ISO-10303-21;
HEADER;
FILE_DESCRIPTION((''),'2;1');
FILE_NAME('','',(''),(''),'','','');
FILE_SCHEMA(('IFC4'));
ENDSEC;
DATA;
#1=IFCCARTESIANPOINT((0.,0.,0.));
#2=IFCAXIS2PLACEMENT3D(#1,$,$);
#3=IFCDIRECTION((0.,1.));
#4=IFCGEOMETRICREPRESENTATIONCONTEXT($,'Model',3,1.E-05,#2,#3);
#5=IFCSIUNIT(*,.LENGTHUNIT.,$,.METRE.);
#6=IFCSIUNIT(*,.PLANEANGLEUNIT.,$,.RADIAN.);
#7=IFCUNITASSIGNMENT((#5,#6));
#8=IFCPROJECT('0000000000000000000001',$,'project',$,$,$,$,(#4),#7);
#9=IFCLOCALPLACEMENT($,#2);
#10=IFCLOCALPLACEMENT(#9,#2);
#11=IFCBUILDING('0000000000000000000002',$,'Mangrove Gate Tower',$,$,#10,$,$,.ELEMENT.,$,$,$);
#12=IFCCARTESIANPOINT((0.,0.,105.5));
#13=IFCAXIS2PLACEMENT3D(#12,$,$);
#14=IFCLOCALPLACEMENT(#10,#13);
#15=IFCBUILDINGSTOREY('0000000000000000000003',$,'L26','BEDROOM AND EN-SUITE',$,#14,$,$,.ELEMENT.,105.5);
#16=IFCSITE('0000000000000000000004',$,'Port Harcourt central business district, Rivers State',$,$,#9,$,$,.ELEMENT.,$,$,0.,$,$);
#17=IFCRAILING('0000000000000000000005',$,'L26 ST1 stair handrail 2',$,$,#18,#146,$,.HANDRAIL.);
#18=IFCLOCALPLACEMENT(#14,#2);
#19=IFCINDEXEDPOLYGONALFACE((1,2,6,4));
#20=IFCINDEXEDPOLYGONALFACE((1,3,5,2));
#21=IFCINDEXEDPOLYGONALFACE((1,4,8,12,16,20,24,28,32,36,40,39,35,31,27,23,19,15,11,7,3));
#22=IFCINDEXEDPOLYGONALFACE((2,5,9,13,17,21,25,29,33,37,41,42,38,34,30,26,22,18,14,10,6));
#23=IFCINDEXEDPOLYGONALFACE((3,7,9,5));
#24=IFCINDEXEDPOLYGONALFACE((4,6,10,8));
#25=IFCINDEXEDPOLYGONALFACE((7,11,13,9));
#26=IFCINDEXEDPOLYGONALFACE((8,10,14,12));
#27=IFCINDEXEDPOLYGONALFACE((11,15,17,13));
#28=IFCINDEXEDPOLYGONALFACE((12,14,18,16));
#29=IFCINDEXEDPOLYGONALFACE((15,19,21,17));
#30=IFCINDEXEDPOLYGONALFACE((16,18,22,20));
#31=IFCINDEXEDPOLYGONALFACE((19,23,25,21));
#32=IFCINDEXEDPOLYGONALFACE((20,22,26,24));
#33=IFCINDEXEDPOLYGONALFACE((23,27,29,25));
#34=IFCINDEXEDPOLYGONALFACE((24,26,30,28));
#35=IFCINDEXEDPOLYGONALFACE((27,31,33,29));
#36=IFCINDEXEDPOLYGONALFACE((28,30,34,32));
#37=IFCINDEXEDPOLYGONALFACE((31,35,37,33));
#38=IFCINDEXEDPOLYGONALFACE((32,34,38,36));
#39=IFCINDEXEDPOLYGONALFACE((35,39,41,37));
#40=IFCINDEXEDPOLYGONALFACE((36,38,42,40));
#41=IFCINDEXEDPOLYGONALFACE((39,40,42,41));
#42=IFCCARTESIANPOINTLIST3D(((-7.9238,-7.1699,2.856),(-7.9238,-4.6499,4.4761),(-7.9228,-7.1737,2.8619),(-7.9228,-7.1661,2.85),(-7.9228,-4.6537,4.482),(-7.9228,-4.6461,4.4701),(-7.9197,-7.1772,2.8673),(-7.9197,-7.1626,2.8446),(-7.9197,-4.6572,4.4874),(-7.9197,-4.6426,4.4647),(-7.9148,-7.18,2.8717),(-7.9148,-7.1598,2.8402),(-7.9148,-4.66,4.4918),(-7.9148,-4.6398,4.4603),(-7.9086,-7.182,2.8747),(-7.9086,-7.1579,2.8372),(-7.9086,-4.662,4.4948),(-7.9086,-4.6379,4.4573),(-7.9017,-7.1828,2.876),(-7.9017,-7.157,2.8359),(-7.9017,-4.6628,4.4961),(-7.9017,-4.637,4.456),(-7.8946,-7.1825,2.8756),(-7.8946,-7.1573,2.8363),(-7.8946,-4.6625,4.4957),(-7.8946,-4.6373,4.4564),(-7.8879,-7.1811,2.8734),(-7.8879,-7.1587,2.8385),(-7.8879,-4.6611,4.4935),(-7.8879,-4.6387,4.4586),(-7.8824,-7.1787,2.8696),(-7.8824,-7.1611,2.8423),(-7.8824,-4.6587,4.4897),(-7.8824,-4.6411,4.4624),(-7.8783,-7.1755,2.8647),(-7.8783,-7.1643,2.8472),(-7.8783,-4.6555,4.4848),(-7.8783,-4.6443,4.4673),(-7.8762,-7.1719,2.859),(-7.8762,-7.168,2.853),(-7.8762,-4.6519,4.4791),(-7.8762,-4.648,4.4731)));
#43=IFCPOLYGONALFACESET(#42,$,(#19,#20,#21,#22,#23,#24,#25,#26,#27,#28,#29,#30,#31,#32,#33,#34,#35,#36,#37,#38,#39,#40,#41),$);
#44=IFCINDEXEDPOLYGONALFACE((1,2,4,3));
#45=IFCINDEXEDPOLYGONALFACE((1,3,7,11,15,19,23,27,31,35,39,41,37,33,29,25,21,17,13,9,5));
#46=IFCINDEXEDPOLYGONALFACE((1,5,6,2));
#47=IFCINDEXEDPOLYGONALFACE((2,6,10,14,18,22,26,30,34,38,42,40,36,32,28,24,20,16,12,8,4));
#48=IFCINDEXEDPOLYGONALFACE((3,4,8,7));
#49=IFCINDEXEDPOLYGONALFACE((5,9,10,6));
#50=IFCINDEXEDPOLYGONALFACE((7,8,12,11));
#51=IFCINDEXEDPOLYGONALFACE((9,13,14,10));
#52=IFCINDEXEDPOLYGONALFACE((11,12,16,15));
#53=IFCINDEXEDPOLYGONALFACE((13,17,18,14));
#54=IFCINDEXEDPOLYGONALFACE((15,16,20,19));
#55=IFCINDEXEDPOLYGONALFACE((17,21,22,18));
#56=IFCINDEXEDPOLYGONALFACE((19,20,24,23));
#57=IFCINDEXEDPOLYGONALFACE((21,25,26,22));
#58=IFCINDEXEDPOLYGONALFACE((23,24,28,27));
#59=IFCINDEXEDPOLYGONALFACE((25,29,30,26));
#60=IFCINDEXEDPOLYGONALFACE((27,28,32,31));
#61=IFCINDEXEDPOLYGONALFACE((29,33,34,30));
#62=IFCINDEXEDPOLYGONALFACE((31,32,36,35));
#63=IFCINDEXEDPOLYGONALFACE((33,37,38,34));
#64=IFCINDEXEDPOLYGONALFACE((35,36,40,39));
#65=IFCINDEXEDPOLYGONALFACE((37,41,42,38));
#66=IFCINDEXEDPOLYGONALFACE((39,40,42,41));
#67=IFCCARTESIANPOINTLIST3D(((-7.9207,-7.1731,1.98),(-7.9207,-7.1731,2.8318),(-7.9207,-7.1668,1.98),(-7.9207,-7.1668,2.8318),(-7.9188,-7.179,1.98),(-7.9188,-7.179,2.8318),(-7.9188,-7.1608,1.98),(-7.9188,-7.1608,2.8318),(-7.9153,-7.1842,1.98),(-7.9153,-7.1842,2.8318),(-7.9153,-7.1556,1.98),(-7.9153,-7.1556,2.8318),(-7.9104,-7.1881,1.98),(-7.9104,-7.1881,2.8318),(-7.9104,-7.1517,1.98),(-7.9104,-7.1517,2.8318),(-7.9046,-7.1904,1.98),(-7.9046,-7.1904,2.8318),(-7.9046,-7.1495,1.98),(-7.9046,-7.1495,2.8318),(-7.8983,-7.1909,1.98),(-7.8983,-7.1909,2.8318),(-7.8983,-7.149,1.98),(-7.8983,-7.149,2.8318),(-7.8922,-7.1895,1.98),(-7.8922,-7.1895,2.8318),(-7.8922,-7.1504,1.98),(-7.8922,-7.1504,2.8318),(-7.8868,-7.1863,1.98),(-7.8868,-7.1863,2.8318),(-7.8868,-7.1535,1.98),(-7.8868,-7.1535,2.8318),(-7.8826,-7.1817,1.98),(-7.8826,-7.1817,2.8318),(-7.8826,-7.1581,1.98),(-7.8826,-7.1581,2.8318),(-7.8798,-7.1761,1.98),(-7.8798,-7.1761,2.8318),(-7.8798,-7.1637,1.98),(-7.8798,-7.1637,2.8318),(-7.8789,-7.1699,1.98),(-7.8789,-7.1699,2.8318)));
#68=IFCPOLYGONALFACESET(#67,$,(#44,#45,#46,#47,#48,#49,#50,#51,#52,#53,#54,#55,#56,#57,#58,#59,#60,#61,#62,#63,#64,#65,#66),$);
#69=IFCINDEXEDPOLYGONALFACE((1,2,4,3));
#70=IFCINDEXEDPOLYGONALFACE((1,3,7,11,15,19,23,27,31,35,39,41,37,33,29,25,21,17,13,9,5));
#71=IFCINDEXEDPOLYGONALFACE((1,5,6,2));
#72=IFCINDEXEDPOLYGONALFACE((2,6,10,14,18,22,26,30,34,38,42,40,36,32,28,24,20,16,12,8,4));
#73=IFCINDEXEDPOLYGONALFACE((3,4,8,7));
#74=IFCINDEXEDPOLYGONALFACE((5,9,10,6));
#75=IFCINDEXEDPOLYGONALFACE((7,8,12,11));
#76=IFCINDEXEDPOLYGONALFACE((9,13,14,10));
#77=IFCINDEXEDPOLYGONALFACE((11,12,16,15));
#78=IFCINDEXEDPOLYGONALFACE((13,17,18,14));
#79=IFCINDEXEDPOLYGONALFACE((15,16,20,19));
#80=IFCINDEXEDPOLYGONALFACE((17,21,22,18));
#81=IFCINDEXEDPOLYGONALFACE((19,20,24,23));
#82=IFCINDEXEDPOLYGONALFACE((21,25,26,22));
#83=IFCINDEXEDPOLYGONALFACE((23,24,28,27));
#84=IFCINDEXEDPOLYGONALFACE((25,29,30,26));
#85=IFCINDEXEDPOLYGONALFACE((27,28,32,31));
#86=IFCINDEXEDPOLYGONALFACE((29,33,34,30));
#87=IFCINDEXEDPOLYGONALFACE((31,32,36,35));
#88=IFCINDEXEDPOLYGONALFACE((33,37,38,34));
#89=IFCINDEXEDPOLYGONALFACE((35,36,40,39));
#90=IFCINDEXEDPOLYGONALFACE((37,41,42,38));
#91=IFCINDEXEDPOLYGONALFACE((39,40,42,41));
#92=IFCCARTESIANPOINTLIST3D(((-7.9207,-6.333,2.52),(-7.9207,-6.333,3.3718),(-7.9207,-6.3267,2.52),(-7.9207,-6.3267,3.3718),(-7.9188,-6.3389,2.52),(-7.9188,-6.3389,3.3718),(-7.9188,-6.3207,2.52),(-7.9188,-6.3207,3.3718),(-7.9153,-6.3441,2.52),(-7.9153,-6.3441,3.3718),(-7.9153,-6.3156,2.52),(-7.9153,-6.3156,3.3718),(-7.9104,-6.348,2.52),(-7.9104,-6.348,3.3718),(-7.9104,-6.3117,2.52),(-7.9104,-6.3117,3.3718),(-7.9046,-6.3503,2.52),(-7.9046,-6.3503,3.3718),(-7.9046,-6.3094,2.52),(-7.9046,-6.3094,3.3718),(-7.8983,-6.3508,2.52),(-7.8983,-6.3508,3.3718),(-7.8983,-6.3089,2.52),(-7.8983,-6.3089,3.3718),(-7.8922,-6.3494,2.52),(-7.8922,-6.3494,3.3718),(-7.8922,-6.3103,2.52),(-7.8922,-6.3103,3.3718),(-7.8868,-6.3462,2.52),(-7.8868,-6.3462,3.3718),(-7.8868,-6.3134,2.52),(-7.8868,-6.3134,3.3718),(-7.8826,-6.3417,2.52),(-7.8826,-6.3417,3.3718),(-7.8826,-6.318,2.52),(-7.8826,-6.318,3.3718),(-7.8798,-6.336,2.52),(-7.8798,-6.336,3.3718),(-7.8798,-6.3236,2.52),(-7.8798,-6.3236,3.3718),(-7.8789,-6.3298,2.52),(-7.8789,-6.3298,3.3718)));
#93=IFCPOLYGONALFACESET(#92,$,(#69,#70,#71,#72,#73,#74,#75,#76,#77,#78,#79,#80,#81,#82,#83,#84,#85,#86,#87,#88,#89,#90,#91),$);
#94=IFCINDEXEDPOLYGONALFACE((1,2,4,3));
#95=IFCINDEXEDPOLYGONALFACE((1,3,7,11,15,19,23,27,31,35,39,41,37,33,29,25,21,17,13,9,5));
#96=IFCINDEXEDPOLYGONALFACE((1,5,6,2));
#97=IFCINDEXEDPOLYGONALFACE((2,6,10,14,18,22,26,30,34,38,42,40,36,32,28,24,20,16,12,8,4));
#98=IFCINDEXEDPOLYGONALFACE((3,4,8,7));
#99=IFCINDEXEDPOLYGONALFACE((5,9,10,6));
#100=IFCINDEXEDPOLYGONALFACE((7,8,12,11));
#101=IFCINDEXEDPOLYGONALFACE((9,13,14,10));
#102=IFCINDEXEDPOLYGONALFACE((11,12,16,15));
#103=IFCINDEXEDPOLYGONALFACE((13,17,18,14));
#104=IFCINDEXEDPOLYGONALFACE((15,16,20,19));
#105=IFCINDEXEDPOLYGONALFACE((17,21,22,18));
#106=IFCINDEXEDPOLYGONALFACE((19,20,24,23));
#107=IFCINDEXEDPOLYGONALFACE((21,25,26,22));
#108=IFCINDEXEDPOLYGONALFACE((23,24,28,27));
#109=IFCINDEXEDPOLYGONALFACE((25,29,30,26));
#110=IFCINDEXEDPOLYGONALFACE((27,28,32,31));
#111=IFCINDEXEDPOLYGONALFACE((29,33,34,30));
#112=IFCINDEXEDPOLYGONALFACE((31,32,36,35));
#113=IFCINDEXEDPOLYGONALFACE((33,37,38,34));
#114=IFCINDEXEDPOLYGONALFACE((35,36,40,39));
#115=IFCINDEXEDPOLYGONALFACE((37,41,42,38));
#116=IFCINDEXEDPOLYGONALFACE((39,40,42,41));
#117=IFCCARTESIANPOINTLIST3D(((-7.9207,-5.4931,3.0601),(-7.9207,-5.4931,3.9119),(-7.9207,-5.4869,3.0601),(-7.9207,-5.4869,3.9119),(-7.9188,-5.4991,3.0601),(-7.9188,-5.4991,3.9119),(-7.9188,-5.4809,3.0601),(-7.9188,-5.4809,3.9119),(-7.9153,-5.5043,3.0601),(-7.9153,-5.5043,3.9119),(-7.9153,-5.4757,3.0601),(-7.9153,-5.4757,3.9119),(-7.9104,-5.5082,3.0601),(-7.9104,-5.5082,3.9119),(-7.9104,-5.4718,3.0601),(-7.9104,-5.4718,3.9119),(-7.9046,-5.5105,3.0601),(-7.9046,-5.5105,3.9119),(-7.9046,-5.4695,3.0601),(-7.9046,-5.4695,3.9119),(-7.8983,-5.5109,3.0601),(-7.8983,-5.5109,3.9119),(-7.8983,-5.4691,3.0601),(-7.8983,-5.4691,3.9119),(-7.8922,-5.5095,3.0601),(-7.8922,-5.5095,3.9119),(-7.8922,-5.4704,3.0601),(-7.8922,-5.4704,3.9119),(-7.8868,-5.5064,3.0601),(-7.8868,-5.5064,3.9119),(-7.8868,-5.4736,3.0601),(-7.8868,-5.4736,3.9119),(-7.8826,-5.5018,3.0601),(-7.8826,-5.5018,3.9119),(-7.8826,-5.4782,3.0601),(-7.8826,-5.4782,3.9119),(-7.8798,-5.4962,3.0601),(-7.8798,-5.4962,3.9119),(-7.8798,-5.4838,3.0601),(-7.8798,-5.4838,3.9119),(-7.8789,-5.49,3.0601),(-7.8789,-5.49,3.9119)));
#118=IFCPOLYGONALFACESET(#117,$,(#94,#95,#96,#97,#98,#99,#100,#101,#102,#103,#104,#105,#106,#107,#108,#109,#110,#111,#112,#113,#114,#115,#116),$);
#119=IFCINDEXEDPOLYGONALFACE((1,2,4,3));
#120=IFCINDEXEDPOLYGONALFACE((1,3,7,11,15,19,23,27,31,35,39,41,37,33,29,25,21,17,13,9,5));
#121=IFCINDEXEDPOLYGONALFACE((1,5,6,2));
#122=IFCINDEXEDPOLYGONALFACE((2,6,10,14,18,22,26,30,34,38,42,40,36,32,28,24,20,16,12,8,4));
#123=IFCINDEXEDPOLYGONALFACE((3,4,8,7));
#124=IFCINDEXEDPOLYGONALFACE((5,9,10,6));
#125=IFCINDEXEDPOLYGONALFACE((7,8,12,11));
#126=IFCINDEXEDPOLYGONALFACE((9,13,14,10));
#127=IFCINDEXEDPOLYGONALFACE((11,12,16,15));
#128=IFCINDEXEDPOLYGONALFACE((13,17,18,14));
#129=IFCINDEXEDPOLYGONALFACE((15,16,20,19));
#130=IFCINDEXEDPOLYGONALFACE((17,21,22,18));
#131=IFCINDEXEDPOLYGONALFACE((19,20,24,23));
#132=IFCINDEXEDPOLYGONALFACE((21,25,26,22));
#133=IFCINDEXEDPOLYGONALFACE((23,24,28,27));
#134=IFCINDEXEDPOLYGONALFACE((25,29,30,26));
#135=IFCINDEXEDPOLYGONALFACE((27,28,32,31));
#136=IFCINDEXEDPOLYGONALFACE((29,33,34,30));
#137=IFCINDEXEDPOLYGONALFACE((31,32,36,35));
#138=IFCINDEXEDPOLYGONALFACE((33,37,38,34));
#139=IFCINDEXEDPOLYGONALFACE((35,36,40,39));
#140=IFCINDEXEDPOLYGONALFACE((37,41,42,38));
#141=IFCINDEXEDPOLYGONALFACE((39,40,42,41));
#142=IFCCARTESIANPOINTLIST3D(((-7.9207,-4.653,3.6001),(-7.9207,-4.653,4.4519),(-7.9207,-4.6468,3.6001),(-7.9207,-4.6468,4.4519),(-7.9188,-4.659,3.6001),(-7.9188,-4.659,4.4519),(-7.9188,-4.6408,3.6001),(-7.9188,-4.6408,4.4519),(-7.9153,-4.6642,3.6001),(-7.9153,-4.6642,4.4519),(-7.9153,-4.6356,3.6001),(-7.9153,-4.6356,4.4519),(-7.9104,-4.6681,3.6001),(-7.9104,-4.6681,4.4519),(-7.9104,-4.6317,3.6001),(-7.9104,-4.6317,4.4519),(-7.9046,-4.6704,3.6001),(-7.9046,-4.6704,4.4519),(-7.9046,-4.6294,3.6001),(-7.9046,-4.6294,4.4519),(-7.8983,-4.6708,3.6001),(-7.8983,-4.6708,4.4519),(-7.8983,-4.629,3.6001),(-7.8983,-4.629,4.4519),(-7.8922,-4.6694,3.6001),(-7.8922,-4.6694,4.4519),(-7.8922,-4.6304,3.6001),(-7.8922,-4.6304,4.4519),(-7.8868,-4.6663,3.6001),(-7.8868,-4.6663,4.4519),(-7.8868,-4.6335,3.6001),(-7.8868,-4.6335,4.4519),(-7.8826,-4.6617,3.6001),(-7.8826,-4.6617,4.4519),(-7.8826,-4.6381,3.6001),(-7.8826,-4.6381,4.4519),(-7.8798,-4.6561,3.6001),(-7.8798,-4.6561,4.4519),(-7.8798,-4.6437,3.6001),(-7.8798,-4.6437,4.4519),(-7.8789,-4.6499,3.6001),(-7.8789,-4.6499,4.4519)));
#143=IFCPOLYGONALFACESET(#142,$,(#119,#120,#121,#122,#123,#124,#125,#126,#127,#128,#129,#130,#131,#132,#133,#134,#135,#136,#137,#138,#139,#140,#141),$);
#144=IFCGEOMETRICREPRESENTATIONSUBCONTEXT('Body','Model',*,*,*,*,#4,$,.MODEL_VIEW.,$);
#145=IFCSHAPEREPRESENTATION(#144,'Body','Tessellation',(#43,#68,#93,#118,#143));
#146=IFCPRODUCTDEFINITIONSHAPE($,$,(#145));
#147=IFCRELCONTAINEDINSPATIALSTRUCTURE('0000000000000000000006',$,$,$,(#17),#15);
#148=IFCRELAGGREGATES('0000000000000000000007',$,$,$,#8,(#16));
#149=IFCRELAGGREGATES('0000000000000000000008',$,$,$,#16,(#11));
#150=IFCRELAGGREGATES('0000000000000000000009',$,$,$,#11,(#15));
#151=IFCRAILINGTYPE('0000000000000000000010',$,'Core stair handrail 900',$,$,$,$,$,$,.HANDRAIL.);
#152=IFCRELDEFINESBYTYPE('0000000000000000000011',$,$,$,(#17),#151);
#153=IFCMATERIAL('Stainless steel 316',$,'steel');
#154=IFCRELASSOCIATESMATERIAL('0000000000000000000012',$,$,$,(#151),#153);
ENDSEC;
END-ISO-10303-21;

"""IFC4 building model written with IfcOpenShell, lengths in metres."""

from ifc_helpers import new_model, si_unit, direction, frame, origin, origin_2d, place, context, subcontext, project, spatial, circle, extrude, material, type_object, element, save


model = new_model("IFC4")

# Units and contexts
model_context = context("Model", 3, precision=1e-05, world=origin(), true_north=direction((0.0, 1.0)))
body_context = subcontext(model_context, "Body", "Model", "MODEL_VIEW")
ifc_project = project(units=[si_unit("LENGTHUNIT", "METRE"), si_unit("PLANEANGLEUNIT", "RADIAN")], contexts=[model_context])

# Site, building, storey
site_placement = place(None, origin())
site = spatial("IfcSite", under=ifc_project, at=site_placement, Name="Port Harcourt central business district, Rivers State", CompositionType="ELEMENT", RefElevation=0.0)
building_placement = place(site_placement, origin())
building = spatial("IfcBuilding", under=site, at=building_placement, Name="Mangrove Gate Tower", CompositionType="ELEMENT")
storey_placement = place(building_placement, frame((0.0, 0.0, 105.5)))
storey = spatial("IfcBuildingStorey", under=building, at=storey_placement, Name="L26", Description="BEDROOM AND EN-SUITE", CompositionType="ELEMENT", Elevation=105.5)

# Railing
ifc_material_1 = material(Name="Stainless steel 316", Category="steel")
railing_type_1 = type_object("IfcRailingType", Name="Core stair handrail 900", PredefinedType="HANDRAIL", material=ifc_material_1)
railing_1_placement = place(storey_placement, frame((-7.8999, -7.1699, 1.98)))
element("IfcRailing", 1, at=railing_1_placement, inside=storey, type_object=railing_type_1, Name="L26 ST1 stair handrail 2", PredefinedType="HANDRAIL", context=body_context, shape_type="SweptSolid", body=[
    extrude(circle(Radius=0.0239, at=origin_2d()), frame((0.0, 0.0, 0.876), z_axis=(0.0, 0.841163, 0.540782), x_axis=(-1.0, 0.0, 0.0)), (0.0, 0.0, 1.0), 2.9958),
    extrude(circle(Radius=0.021, at=origin_2d()), origin(), (0.0, 0.0, 1.0), 0.8518),
    extrude(circle(Radius=0.021, at=origin_2d()), frame((0.0, 0.8401, 0.54)), (0.0, 0.0, 1.0), 0.8518),
    extrude(circle(Radius=0.021, at=origin_2d()), frame((0.0, 1.6799, 1.0801)), (0.0, 0.0, 1.0), 0.8518),
    extrude(circle(Radius=0.021, at=origin_2d()), frame((0.0, 2.52, 1.6201)), (0.0, 0.0, 1.0), 0.8518),
])

save(model, "model.ifc")
